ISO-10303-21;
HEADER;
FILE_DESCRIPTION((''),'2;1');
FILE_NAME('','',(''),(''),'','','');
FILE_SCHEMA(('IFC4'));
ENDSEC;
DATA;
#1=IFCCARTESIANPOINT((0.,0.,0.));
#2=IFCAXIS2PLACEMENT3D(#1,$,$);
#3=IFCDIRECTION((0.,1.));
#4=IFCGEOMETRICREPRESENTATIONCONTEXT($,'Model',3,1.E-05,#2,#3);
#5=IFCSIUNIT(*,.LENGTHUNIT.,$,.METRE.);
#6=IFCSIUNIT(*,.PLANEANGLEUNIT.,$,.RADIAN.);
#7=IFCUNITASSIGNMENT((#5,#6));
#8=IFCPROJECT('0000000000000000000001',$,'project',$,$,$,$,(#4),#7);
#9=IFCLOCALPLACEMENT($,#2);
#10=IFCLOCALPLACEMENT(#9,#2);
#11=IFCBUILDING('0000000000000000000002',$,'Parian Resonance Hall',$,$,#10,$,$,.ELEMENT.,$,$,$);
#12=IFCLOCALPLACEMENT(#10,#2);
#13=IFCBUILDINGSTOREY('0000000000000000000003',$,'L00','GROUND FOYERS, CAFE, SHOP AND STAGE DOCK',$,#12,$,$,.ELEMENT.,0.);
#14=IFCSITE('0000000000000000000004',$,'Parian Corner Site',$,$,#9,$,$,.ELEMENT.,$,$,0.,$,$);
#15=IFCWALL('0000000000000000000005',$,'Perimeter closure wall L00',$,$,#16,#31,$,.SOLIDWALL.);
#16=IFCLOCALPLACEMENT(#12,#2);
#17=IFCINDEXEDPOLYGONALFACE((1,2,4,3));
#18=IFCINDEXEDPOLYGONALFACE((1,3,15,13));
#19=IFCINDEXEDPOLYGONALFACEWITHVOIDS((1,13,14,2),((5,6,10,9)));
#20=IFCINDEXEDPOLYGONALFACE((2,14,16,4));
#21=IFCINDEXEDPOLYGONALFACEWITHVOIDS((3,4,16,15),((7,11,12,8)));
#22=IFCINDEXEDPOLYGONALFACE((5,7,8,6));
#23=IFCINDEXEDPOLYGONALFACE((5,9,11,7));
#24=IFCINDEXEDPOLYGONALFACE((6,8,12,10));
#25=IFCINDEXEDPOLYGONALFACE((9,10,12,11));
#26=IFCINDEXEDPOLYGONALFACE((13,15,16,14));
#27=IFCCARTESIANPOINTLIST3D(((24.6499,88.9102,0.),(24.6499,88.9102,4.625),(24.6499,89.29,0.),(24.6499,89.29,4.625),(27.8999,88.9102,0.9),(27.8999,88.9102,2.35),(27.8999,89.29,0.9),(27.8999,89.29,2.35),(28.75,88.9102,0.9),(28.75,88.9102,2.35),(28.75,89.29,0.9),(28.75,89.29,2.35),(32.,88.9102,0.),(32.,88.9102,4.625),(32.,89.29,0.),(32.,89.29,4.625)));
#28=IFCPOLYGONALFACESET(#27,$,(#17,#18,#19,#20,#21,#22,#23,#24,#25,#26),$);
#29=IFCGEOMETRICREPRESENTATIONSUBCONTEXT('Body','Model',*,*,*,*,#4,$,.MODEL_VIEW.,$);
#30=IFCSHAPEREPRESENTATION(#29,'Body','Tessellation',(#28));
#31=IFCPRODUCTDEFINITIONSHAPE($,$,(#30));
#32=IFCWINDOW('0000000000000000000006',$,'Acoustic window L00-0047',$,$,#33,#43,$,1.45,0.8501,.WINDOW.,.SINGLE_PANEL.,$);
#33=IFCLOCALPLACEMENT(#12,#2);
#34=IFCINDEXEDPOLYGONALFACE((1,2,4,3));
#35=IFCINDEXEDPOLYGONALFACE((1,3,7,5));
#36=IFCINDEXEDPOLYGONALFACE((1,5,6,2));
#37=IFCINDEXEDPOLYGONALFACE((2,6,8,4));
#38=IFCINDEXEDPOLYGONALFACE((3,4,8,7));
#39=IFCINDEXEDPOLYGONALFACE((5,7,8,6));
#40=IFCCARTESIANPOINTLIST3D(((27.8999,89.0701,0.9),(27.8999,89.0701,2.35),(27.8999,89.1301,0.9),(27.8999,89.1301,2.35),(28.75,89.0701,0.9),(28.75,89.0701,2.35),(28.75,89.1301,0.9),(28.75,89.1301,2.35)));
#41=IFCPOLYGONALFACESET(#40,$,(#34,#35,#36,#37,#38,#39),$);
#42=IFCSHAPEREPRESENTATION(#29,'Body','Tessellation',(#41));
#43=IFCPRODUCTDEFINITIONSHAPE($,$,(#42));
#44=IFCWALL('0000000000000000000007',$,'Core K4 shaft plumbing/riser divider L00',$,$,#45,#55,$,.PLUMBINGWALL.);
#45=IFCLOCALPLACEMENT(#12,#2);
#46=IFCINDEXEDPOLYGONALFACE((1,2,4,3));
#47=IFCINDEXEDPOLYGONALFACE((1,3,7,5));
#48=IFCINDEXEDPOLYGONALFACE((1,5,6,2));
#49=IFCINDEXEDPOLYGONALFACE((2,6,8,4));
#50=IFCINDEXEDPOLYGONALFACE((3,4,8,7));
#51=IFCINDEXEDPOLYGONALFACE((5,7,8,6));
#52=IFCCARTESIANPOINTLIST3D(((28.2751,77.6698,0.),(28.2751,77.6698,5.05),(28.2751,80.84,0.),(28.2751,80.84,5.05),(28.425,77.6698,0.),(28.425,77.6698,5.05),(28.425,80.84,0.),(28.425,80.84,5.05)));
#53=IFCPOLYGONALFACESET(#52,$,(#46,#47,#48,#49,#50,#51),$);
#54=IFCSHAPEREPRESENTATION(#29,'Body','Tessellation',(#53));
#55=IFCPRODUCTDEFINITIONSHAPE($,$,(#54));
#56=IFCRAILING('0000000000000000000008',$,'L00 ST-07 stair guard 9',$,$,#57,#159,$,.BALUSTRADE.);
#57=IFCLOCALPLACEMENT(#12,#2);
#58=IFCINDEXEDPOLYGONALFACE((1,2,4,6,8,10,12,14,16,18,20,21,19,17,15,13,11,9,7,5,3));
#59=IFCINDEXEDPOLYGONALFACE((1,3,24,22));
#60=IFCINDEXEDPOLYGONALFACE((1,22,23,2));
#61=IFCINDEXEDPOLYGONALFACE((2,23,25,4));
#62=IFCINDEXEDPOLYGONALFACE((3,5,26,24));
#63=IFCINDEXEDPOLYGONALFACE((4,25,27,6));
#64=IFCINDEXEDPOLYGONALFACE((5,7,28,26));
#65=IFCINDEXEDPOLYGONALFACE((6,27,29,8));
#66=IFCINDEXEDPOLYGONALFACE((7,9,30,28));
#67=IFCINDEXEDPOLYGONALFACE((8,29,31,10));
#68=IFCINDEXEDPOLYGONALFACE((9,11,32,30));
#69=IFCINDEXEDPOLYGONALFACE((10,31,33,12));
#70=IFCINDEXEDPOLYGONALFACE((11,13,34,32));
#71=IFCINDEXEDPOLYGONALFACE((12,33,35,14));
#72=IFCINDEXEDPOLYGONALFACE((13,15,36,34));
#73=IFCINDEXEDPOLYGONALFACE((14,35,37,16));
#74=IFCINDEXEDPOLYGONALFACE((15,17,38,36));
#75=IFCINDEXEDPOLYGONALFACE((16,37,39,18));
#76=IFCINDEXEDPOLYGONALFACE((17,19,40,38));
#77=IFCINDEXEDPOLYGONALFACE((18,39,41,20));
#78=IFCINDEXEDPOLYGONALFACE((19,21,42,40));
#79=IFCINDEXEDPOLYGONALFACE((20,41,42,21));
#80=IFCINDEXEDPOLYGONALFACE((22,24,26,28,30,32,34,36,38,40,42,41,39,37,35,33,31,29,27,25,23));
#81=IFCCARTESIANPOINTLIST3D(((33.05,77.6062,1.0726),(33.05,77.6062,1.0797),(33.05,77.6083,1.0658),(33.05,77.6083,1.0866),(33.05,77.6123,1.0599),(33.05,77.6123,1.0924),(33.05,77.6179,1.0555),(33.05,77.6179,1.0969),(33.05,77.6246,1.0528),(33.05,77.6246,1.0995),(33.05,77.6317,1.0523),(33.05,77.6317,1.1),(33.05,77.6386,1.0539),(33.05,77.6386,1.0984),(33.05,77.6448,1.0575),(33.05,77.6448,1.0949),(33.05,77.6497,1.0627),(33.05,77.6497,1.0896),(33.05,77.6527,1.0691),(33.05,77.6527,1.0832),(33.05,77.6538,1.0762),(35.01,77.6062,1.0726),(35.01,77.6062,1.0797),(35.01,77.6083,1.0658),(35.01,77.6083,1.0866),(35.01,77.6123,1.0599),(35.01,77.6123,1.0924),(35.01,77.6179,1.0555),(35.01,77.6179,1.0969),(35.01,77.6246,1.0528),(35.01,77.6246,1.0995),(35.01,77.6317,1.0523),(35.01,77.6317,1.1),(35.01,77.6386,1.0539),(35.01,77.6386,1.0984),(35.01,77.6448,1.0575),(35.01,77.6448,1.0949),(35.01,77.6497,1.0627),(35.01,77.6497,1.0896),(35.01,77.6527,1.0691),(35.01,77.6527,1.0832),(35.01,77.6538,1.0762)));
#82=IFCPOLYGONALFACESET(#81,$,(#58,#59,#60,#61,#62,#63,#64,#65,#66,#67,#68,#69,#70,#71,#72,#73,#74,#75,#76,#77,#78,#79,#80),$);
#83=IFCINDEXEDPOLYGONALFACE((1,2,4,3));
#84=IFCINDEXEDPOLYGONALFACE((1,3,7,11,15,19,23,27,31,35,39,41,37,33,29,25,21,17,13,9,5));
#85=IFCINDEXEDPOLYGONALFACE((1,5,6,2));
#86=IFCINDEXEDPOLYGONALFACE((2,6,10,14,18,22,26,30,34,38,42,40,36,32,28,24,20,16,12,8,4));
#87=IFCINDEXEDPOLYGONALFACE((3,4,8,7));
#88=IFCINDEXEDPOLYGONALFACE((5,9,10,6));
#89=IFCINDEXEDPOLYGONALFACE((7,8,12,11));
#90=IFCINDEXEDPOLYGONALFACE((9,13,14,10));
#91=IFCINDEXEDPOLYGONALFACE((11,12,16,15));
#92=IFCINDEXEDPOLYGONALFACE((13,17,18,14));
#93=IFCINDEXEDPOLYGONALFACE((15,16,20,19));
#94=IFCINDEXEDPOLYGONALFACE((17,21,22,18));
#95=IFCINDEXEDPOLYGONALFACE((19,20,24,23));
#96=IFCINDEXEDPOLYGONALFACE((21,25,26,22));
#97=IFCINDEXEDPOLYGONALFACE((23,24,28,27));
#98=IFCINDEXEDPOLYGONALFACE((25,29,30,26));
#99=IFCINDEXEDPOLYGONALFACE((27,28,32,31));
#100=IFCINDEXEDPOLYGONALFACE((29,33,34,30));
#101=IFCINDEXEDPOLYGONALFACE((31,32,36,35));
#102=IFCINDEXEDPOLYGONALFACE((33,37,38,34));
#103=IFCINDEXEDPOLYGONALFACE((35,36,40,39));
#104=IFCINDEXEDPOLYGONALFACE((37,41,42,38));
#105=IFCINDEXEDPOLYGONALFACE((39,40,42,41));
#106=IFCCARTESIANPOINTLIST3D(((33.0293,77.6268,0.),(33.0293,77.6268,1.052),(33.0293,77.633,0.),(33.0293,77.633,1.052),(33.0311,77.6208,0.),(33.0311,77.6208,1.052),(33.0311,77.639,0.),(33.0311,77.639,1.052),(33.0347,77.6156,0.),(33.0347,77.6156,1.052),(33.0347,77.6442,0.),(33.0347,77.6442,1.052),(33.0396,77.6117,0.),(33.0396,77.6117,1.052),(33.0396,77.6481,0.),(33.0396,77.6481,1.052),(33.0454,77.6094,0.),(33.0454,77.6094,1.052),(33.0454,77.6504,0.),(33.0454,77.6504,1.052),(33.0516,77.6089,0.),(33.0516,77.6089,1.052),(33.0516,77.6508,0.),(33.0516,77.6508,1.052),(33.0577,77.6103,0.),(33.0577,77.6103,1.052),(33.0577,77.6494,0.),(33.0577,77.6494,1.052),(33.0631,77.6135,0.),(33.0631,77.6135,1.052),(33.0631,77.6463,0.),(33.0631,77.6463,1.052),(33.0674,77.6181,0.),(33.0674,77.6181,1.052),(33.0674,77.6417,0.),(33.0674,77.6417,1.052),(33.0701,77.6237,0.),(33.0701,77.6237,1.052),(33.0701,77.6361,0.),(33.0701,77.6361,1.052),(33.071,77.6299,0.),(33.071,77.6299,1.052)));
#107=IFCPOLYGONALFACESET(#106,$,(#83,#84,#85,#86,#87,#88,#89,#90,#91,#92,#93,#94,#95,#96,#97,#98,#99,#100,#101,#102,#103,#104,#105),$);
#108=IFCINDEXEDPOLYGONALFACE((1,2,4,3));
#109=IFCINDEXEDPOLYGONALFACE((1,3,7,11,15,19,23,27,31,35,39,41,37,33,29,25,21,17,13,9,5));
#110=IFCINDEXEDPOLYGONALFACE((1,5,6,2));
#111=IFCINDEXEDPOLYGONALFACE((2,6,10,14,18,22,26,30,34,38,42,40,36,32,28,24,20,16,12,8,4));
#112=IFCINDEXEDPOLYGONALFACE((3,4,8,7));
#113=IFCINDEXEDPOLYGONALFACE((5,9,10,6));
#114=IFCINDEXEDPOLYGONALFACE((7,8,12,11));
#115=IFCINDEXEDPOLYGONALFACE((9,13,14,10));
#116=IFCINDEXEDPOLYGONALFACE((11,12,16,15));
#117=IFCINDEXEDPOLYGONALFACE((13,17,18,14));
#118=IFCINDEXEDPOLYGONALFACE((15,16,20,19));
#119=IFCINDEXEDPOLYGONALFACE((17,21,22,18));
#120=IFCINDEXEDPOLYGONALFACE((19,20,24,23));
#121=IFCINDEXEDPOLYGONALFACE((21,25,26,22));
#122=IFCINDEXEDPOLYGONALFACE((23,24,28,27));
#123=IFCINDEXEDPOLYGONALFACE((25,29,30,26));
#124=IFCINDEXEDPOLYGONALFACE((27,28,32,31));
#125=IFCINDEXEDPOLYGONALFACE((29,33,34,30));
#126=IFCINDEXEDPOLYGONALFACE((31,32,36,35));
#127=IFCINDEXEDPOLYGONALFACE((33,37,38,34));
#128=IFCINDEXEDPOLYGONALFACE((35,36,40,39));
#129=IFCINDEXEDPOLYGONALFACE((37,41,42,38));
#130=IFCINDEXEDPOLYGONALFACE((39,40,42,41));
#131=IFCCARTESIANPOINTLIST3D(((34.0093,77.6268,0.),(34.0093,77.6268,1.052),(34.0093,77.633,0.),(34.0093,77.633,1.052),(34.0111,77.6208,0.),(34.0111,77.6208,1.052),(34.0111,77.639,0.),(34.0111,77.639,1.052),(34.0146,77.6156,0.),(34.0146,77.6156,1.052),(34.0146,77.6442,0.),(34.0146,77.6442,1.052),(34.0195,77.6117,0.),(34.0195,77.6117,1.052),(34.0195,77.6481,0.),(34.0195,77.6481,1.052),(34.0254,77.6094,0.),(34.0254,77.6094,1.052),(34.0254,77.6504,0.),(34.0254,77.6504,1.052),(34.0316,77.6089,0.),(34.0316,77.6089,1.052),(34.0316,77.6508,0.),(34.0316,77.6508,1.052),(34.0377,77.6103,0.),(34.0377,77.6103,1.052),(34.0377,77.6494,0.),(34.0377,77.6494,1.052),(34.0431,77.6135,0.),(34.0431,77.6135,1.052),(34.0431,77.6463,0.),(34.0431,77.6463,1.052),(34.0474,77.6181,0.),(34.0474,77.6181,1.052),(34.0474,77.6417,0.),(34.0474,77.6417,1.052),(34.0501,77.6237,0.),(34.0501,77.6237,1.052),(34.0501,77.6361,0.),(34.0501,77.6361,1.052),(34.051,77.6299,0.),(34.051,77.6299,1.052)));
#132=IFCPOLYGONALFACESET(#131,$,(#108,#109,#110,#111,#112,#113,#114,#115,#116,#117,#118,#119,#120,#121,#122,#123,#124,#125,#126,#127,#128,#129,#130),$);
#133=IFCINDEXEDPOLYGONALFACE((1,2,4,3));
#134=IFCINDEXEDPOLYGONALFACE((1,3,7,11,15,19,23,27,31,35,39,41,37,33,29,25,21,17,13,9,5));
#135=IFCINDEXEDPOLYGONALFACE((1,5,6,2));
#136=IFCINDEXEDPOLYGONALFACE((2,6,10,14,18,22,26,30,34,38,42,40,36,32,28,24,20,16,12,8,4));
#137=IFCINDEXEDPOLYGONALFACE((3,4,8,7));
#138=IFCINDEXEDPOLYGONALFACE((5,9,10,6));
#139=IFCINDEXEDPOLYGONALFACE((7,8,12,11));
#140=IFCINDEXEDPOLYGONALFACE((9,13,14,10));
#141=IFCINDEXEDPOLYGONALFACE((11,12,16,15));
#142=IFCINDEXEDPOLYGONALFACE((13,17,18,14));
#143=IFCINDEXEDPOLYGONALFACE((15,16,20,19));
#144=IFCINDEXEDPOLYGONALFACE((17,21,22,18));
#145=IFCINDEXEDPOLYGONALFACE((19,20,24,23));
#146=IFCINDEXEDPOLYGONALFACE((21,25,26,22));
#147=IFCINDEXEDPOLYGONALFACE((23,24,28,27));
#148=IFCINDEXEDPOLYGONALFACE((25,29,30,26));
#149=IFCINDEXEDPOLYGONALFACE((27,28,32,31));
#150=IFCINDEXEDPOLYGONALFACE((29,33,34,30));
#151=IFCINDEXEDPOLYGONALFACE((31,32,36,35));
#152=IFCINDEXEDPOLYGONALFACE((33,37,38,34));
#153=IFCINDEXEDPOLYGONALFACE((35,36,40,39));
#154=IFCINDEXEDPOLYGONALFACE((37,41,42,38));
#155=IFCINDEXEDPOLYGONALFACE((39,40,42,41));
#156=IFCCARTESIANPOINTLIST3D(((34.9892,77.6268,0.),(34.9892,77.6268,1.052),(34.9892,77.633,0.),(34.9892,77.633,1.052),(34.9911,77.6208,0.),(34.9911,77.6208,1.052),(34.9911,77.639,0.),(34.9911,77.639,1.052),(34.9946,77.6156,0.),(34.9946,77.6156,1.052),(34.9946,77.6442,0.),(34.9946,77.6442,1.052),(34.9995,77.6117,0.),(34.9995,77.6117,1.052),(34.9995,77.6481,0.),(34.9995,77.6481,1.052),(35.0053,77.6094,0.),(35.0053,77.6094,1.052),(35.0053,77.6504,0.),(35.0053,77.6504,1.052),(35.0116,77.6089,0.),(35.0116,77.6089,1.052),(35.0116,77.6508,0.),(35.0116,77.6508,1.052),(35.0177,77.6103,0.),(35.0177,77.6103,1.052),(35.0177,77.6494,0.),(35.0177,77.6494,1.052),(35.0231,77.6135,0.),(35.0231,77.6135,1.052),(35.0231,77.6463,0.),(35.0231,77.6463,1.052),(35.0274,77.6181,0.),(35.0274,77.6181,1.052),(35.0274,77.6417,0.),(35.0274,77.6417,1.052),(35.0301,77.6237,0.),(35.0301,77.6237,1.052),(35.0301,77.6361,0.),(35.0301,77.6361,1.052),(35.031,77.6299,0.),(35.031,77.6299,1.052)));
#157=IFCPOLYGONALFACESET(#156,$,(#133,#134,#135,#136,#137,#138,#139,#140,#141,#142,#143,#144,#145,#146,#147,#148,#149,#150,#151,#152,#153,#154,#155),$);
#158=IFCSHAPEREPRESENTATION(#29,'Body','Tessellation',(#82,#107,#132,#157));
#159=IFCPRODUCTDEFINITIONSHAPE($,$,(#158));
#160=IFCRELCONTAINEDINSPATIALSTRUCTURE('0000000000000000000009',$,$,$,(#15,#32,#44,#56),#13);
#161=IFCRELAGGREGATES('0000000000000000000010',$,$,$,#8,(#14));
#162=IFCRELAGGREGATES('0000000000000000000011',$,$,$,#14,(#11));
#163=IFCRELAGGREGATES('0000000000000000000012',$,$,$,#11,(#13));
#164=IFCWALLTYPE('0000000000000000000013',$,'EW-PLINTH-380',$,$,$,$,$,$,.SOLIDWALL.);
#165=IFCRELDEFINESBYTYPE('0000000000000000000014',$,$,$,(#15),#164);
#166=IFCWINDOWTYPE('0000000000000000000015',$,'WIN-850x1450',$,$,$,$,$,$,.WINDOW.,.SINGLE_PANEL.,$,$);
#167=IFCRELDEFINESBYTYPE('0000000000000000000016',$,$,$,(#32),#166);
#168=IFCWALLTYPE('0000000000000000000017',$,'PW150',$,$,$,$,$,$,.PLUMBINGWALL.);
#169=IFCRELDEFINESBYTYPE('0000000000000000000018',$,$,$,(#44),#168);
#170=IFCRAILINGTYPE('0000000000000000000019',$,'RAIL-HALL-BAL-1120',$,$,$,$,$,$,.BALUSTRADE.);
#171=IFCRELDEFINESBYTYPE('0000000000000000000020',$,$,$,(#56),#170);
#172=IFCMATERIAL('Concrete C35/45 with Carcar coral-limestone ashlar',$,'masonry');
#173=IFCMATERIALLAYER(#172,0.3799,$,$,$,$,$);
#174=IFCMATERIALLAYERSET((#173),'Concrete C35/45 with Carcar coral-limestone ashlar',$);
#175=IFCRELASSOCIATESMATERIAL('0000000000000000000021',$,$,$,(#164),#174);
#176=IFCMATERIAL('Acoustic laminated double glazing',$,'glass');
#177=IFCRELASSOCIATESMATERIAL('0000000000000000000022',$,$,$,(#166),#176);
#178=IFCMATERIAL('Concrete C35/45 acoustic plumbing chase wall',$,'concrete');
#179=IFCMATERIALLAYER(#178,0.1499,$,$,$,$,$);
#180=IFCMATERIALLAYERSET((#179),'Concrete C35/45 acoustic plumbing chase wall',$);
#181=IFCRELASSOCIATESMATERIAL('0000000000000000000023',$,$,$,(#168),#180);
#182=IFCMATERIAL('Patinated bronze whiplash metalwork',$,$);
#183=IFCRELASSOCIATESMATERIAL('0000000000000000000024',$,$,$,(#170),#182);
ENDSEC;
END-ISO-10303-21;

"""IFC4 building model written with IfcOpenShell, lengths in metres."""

from ifc_helpers import new_model, si_unit, direction, frame, frame_2d, origin, origin_2d, place, context, subcontext, project, spatial, rectangle, circle, extrude, material, layer, layer_set, type_object, element, fill, save


model = new_model("IFC4")

# Units and contexts
model_context = context("Model", 3, precision=1e-05, world=origin(), true_north=direction((0.0, 1.0)))
body_context = subcontext(model_context, "Body", "Model", "MODEL_VIEW")
ifc_project = project(units=[si_unit("LENGTHUNIT", "METRE"), si_unit("PLANEANGLEUNIT", "RADIAN")], contexts=[model_context])

# Site, building, storey
site_placement = place(None, origin())
site = spatial("IfcSite", under=ifc_project, at=site_placement, Name="Parian Corner Site", CompositionType="ELEMENT", RefElevation=0.0)
building_placement = place(site_placement, origin())
building = spatial("IfcBuilding", under=site, at=building_placement, Name="Parian Resonance Hall", CompositionType="ELEMENT")
storey_placement = place(building_placement, origin())
storey = spatial("IfcBuildingStorey", under=building, at=storey_placement, Name="L00", Description="GROUND FOYERS, CAFE, SHOP AND STAGE DOCK", CompositionType="ELEMENT", Elevation=0.0)

# Wall, opening, window
ifc_material_1 = material(Name="Concrete C35/45 with Carcar coral-limestone ashlar", Category="masonry")
ifc_layer_1 = layer(ifc_material_1, 0.3799)
ifc_layer_set_1 = layer_set([ifc_layer_1], Name="Concrete C35/45 with Carcar coral-limestone ashlar")
wall_type_1 = type_object("IfcWallType", Name="EW-PLINTH-380", PredefinedType="SOLIDWALL", material=ifc_layer_set_1)
wall_1_placement = place(storey_placement, frame((32.0, 89.1001, 0.0), z_axis=(0.0, 0.0, 1.0), x_axis=(-1.0, 0.0, 0.0)))
wall_1 = element("IfcWall", 1, at=wall_1_placement, inside=storey, type_object=wall_type_1, Name="Perimeter closure wall L00", PredefinedType="SOLIDWALL", context=body_context, shape_type="SweptSolid", body=[
    extrude(rectangle(XDim=7.3501, YDim=0.3799, at=frame_2d((3.675, 0.0))), origin(), (0.0, 0.0, 1.0), 4.625),
])
opening_placement = place(wall_1_placement, frame((3.25, 0.0, 0.8999)))
opening = element("IfcOpeningElement", 2, at=opening_placement, cuts=wall_1, PredefinedType="OPENING", context=body_context, shape_type="SweptSolid", body=[
    extrude(rectangle(XDim=0.8501, YDim=1.45, at=frame_2d((0.425, 0.7251))), frame((0.0, 0.2, 0.0), z_axis=(0.0, -1.0, 0.0), x_axis=(1.0, 0.0, 0.0)), (0.0, 0.0, 1.0), 0.3999),
])
ifc_material_2 = material(Name="Acoustic laminated double glazing", Category="glass")
window_type = type_object("IfcWindowType", Name="WIN-850x1450", PartitioningType="SINGLE_PANEL", PredefinedType="WINDOW", material=ifc_material_2)
window_placement = place(opening_placement, origin())
window = element("IfcWindow", 3, at=window_placement, inside=storey, type_object=window_type, Name="Acoustic window L00-0047", OverallHeight=1.45, OverallWidth=0.8501, PartitioningType="SINGLE_PANEL", PredefinedType="WINDOW", context=body_context, shape_type="SweptSolid", body=[
    extrude(rectangle(XDim=0.8501, YDim=1.45, at=frame_2d((0.425, 0.7251))), frame((0.0, 0.03, 0.0), z_axis=(0.0, -1.0, 0.0), x_axis=(1.0, 0.0, 0.0)), (0.0, 0.0, 1.0), 0.0601),
])
fill(opening, window)

# Wall
ifc_material_3 = material(Name="Concrete C35/45 acoustic plumbing chase wall", Category="concrete")
ifc_layer_2 = layer(ifc_material_3, 0.1499)
ifc_layer_set_2 = layer_set([ifc_layer_2], Name="Concrete C35/45 acoustic plumbing chase wall")
wall_type_2 = type_object("IfcWallType", Name="PW150", PredefinedType="PLUMBINGWALL", material=ifc_layer_set_2)
wall_2_placement = place(storey_placement, frame((28.3501, 77.6699, 0.0), z_axis=(0.0, 0.0, 1.0), x_axis=(0.0, 1.0, 0.0)))
element("IfcWall", 4, at=wall_2_placement, inside=storey, type_object=wall_type_2, Name="Core K4 shaft plumbing/riser divider L00", PredefinedType="PLUMBINGWALL", context=body_context, shape_type="SweptSolid", body=[
    extrude(rectangle(XDim=3.1702, YDim=0.1499, at=frame_2d((1.585, 0.0))), origin(), (0.0, 0.0, 1.0), 5.05),
])

# Railing
ifc_material_4 = material(Name="Patinated bronze whiplash metalwork")
railing_type_1 = type_object("IfcRailingType", Name="RAIL-HALL-BAL-1120", PredefinedType="BALUSTRADE", material=ifc_material_4)
railing_1_placement = place(storey_placement, frame((33.05, 77.6299, 0.0)))
element("IfcRailing", 5, at=railing_1_placement, inside=storey, type_object=railing_type_1, Name="L00 ST-07 stair guard 9", PredefinedType="BALUSTRADE", context=body_context, shape_type="SweptSolid", body=[
    extrude(circle(Radius=0.0239, at=origin_2d()), frame((0.0, 0.0, 1.0762), z_axis=(1.0, 0.0, 0.0), x_axis=(0.0, 1.0, 0.0)), (0.0, 0.0, 1.0), 1.96),
    extrude(circle(Radius=0.021, at=origin_2d()), origin(), (0.0, 0.0, 1.0), 1.052),
    extrude(circle(Radius=0.021, at=origin_2d()), frame((0.98, 0.0, 0.0)), (0.0, 0.0, 1.0), 1.052),
    extrude(circle(Radius=0.021, at=origin_2d()), frame((1.96, 0.0, 0.0)), (0.0, 0.0, 1.0), 1.052),
])

save(model, "model.ifc")
